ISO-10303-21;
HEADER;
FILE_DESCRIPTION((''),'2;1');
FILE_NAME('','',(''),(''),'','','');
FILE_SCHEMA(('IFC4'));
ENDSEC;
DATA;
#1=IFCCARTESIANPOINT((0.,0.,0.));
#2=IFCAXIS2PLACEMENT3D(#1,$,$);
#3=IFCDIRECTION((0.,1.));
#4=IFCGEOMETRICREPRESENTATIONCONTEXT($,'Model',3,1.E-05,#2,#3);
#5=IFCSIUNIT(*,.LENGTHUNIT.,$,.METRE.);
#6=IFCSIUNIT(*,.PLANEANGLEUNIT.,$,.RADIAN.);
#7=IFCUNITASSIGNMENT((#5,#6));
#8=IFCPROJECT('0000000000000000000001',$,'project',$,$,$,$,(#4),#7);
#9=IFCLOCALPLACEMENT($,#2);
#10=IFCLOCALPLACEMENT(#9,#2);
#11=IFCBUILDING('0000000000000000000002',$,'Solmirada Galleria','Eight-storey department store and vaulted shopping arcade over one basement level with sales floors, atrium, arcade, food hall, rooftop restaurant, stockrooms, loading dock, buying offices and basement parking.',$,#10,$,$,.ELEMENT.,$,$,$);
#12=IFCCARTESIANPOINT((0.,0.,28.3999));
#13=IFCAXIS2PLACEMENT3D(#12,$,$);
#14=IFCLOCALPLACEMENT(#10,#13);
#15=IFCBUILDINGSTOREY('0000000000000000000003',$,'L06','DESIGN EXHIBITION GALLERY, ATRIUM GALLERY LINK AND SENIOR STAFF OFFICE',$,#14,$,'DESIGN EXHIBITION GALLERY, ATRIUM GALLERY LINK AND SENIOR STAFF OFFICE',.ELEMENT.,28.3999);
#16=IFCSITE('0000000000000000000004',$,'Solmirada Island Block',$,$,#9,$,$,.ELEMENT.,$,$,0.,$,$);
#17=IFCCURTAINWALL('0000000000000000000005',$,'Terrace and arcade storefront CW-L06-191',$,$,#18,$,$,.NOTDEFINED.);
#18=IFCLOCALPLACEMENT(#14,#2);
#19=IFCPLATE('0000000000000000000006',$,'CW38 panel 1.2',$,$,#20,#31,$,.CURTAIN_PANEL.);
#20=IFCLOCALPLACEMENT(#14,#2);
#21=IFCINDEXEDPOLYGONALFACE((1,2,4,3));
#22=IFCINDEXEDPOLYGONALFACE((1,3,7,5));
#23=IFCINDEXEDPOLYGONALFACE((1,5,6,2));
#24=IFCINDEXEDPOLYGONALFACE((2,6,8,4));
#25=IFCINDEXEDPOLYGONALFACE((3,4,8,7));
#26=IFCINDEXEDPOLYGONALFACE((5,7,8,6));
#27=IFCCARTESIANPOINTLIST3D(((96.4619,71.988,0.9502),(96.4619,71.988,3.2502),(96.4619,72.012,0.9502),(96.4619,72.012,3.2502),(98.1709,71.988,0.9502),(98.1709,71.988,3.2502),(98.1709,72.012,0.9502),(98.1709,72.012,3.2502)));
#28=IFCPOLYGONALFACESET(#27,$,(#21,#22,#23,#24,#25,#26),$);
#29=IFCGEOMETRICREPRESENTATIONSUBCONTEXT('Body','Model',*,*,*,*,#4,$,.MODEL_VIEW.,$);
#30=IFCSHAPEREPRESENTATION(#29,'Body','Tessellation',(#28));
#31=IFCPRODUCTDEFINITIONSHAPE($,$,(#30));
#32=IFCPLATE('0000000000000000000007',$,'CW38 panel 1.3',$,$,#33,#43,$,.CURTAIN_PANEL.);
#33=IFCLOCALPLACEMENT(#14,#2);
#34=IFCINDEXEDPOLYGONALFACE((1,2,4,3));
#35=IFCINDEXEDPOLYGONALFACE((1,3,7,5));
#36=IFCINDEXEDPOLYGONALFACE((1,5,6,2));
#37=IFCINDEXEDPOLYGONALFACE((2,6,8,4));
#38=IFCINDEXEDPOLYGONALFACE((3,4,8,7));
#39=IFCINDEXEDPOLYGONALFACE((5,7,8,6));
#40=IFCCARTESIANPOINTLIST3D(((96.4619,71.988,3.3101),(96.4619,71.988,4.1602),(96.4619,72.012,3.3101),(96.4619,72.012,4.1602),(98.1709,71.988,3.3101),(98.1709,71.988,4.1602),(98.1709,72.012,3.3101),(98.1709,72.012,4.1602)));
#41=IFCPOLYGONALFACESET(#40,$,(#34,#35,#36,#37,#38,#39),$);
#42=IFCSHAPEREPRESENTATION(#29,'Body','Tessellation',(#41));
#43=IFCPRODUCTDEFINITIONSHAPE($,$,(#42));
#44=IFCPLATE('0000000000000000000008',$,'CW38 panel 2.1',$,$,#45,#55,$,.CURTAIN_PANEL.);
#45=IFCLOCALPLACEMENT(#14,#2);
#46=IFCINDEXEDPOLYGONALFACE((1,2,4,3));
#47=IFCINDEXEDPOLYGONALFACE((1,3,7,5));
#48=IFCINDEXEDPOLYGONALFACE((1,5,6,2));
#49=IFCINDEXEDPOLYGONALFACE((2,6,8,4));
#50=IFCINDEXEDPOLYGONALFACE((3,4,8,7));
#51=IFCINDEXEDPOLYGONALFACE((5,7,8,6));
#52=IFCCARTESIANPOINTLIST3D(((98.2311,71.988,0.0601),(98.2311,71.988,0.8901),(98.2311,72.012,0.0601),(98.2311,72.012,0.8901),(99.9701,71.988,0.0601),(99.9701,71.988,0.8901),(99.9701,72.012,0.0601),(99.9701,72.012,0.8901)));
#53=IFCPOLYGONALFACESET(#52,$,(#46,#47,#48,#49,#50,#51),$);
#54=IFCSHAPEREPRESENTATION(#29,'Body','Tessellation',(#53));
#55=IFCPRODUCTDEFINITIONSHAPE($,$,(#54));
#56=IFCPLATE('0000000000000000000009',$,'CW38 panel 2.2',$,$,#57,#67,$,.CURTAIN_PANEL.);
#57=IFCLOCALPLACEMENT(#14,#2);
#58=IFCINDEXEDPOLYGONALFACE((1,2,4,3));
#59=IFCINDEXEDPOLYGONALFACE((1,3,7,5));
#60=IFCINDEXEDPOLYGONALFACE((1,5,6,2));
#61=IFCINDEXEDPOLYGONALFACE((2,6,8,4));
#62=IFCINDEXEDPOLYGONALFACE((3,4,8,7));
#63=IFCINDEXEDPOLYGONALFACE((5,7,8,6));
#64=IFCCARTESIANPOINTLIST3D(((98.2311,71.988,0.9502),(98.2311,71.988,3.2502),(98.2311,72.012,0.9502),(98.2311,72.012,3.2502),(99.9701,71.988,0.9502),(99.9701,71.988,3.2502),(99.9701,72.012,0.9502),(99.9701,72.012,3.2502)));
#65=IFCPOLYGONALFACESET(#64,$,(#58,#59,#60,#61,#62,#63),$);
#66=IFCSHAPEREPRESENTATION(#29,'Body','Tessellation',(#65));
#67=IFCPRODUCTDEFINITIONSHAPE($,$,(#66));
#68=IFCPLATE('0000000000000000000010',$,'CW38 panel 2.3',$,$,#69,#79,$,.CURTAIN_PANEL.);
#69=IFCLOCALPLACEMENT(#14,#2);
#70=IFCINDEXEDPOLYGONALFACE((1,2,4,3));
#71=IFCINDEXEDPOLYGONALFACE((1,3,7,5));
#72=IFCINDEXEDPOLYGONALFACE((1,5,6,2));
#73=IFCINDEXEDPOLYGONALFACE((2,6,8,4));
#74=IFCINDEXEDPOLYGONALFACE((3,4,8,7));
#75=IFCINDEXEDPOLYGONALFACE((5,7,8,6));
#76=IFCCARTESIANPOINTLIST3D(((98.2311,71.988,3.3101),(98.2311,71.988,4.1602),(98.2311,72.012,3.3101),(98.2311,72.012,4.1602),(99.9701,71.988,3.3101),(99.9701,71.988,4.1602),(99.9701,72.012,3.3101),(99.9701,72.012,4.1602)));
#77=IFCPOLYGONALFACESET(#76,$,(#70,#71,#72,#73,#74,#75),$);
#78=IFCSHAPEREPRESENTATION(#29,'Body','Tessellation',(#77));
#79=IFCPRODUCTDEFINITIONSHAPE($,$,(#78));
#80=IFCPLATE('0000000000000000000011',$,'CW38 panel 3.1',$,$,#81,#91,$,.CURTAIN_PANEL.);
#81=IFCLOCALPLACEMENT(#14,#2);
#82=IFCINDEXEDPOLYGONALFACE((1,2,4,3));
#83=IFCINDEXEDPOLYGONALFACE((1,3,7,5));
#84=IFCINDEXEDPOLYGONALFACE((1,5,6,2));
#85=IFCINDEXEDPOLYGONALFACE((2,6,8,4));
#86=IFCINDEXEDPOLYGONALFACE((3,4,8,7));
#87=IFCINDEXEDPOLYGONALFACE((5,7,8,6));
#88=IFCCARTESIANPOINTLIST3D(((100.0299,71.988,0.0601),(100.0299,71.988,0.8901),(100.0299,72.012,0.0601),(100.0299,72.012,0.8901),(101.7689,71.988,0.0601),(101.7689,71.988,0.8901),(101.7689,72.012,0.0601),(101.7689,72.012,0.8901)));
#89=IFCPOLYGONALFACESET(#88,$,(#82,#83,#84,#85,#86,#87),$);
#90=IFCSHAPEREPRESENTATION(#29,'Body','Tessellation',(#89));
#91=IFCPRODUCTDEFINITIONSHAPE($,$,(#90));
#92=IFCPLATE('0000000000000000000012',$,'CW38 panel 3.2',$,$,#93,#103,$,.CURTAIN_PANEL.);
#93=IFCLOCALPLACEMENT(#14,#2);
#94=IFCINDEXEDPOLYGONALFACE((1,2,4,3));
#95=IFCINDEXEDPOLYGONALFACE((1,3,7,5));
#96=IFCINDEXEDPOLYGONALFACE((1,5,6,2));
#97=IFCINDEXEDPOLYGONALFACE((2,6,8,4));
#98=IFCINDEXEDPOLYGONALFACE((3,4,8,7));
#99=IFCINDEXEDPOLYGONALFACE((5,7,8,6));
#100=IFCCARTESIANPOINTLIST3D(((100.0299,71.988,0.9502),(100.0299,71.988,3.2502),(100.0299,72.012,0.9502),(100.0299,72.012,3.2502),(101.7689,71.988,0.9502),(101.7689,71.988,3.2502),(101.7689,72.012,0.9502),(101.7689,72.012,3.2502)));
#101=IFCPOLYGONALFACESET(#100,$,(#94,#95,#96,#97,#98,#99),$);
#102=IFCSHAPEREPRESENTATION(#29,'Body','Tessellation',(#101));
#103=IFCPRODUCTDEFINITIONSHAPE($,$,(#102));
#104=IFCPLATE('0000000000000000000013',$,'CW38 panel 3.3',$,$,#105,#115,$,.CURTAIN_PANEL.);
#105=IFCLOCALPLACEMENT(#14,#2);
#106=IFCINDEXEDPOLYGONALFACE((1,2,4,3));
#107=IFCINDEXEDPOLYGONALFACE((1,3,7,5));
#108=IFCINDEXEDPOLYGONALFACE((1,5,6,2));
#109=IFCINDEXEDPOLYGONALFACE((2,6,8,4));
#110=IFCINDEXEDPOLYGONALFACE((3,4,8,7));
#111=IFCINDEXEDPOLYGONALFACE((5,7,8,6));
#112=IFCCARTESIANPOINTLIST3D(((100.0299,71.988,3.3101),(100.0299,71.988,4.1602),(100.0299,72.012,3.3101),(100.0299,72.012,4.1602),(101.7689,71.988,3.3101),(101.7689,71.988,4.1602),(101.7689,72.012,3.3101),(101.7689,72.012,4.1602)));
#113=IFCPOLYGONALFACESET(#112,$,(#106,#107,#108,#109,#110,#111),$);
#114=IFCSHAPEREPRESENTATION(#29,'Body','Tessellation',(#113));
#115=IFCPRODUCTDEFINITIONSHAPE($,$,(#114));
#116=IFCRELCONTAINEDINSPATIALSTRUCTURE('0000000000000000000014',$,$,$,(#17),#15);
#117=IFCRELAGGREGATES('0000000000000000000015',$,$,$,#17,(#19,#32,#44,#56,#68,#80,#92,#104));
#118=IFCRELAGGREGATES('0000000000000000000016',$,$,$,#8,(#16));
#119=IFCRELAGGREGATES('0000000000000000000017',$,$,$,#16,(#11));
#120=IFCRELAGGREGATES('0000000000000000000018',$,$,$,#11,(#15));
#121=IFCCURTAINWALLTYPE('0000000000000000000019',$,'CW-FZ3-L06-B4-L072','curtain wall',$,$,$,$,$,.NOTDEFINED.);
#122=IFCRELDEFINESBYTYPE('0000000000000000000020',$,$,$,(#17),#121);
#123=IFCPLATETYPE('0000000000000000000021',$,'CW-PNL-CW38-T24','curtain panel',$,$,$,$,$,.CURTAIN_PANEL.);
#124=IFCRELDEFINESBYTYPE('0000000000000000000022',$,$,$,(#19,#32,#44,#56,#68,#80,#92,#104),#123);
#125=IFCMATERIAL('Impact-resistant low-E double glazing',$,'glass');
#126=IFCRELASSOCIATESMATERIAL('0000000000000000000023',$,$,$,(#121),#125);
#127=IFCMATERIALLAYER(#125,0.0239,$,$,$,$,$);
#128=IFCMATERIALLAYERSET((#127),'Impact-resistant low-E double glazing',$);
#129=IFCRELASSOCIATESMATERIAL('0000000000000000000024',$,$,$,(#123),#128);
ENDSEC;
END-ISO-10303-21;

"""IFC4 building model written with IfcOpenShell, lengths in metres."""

from ifc_helpers import new_model, si_unit, direction, frame, origin, origin_2d, place, context, subcontext, project, spatial, rectangle, extrude, material, layer, layer_set, type_object, element, aggregate, save


model = new_model("IFC4")

# Units and contexts
model_context = context("Model", 3, precision=1e-05, world=origin(), true_north=direction((0.0, 1.0)))
body_context = subcontext(model_context, "Body", "Model", "MODEL_VIEW")
ifc_project = project(units=[si_unit("LENGTHUNIT", "METRE"), si_unit("PLANEANGLEUNIT", "RADIAN")], contexts=[model_context])

# Site, building, storey
site_placement = place(None, origin())
site = spatial("IfcSite", under=ifc_project, at=site_placement, Name="Solmirada Island Block", CompositionType="ELEMENT", RefElevation=0.0)
building_placement = place(site_placement, origin())
building = spatial("IfcBuilding", under=site, at=building_placement, Name="Solmirada Galleria", Description="Eight-storey department store and vaulted shopping arcade over one basement level with sales floors, atrium, arcade, food hall, rooftop restaurant, stockrooms, loading dock, buying offices and basement parking.", CompositionType="ELEMENT")
storey_placement = place(building_placement, frame((0.0, 0.0, 28.3999)))
storey = spatial("IfcBuildingStorey", under=building, at=storey_placement, Name="L06", Description="DESIGN EXHIBITION GALLERY, ATRIUM GALLERY LINK AND SENIOR STAFF OFFICE", LongName="DESIGN EXHIBITION GALLERY, ATRIUM GALLERY LINK AND SENIOR STAFF OFFICE", CompositionType="ELEMENT", Elevation=28.3999)

# Shared definitions
ifc_material_1 = material(Name="Impact-resistant low-E double glazing", Category="glass")
curtain_wall_type = type_object("IfcCurtainWallType", Name="CW-FZ3-L06-B4-L072", Description="curtain wall", PredefinedType="NOTDEFINED", material=ifc_material_1)

# Curtain wall
curtain_wall_1_placement = place(storey_placement, origin())
curtain_wall_1 = element("IfcCurtainWall", 1, at=curtain_wall_1_placement, inside=storey, type_object=curtain_wall_type, Name="Terrace and arcade storefront CW-L06-191", PredefinedType="NOTDEFINED")

# Plates
ifc_layer = layer(ifc_material_1, 0.0239)
ifc_layer_set = layer_set([ifc_layer], Name="Impact-resistant low-E double glazing")
plate_type = type_object("IfcPlateType", Name="CW-PNL-CW38-T24", Description="curtain panel", PredefinedType="CURTAIN_PANEL", material=ifc_layer_set)
plate_1_placement = place(storey_placement, frame((97.3164, 72.0, 0.9502), z_axis=(0.0, 0.0, 1.0), x_axis=(1.0, 0.0, 0.0)))
plate_1 = element("IfcPlate", 2, at=plate_1_placement, type_object=plate_type, Name="CW38 panel 1.2", PredefinedType="CURTAIN_PANEL", context=body_context, shape_type="SweptSolid", body=[
    extrude(rectangle(XDim=1.709, YDim=0.0239, at=origin_2d()), origin(), (0.0, 0.0, 1.0), 2.3),
])
plate_2_placement = place(storey_placement, frame((97.3164, 72.0, 3.3101), z_axis=(0.0, 0.0, 1.0), x_axis=(1.0, 0.0, 0.0)))
plate_2 = element("IfcPlate", 3, at=plate_2_placement, type_object=plate_type, Name="CW38 panel 1.3", PredefinedType="CURTAIN_PANEL", context=body_context, shape_type="SweptSolid", body=[
    extrude(rectangle(XDim=1.709, YDim=0.0239, at=origin_2d()), origin(), (0.0, 0.0, 1.0), 0.8501),
])
plate_3_placement = place(storey_placement, frame((99.1006, 72.0, 0.0601), z_axis=(0.0, 0.0, 1.0), x_axis=(1.0, 0.0, 0.0)))
plate_3 = element("IfcPlate", 4, at=plate_3_placement, type_object=plate_type, Name="CW38 panel 2.1", PredefinedType="CURTAIN_PANEL", context=body_context, shape_type="SweptSolid", body=[
    extrude(rectangle(XDim=1.739, YDim=0.0239, at=origin_2d()), origin(), (0.0, 0.0, 1.0), 0.8301),
])
plate_4_placement = place(storey_placement, frame((99.1006, 72.0, 0.9502), z_axis=(0.0, 0.0, 1.0), x_axis=(1.0, 0.0, 0.0)))
plate_4 = element("IfcPlate", 5, at=plate_4_placement, type_object=plate_type, Name="CW38 panel 2.2", PredefinedType="CURTAIN_PANEL", context=body_context, shape_type="SweptSolid", body=[
    extrude(rectangle(XDim=1.739, YDim=0.0239, at=origin_2d()), origin(), (0.0, 0.0, 1.0), 2.3),
])
plate_5_placement = place(storey_placement, frame((99.1006, 72.0, 3.3101), z_axis=(0.0, 0.0, 1.0), x_axis=(1.0, 0.0, 0.0)))
plate_5 = element("IfcPlate", 6, at=plate_5_placement, type_object=plate_type, Name="CW38 panel 2.3", PredefinedType="CURTAIN_PANEL", context=body_context, shape_type="SweptSolid", body=[
    extrude(rectangle(XDim=1.739, YDim=0.0239, at=origin_2d()), origin(), (0.0, 0.0, 1.0), 0.8501),
])
plate_6_placement = place(storey_placement, frame((100.8994, 72.0, 0.0601), z_axis=(0.0, 0.0, 1.0), x_axis=(1.0, 0.0, 0.0)))
plate_6 = element("IfcPlate", 7, at=plate_6_placement, type_object=plate_type, Name="CW38 panel 3.1", PredefinedType="CURTAIN_PANEL", context=body_context, shape_type="SweptSolid", body=[
    extrude(rectangle(XDim=1.739, YDim=0.0239, at=origin_2d()), origin(), (0.0, 0.0, 1.0), 0.8301),
])
plate_7_placement = place(storey_placement, frame((100.8994, 72.0, 0.9502), z_axis=(0.0, 0.0, 1.0), x_axis=(1.0, 0.0, 0.0)))
plate_7 = element("IfcPlate", 8, at=plate_7_placement, type_object=plate_type, Name="CW38 panel 3.2", PredefinedType="CURTAIN_PANEL", context=body_context, shape_type="SweptSolid", body=[
    extrude(rectangle(XDim=1.739, YDim=0.0239, at=origin_2d()), origin(), (0.0, 0.0, 1.0), 2.3),
])
plate_8_placement = place(storey_placement, frame((100.8994, 72.0, 3.3101), z_axis=(0.0, 0.0, 1.0), x_axis=(1.0, 0.0, 0.0)))
plate_8 = element("IfcPlate", 9, at=plate_8_placement, type_object=plate_type, Name="CW38 panel 3.3", PredefinedType="CURTAIN_PANEL", context=body_context, shape_type="SweptSolid", body=[
    extrude(rectangle(XDim=1.739, YDim=0.0239, at=origin_2d()), origin(), (0.0, 0.0, 1.0), 0.8501),
])
aggregate(curtain_wall_1, [plate_1, plate_2, plate_3, plate_4, plate_5, plate_6, plate_7, plate_8])

save(model, "model.ifc")
